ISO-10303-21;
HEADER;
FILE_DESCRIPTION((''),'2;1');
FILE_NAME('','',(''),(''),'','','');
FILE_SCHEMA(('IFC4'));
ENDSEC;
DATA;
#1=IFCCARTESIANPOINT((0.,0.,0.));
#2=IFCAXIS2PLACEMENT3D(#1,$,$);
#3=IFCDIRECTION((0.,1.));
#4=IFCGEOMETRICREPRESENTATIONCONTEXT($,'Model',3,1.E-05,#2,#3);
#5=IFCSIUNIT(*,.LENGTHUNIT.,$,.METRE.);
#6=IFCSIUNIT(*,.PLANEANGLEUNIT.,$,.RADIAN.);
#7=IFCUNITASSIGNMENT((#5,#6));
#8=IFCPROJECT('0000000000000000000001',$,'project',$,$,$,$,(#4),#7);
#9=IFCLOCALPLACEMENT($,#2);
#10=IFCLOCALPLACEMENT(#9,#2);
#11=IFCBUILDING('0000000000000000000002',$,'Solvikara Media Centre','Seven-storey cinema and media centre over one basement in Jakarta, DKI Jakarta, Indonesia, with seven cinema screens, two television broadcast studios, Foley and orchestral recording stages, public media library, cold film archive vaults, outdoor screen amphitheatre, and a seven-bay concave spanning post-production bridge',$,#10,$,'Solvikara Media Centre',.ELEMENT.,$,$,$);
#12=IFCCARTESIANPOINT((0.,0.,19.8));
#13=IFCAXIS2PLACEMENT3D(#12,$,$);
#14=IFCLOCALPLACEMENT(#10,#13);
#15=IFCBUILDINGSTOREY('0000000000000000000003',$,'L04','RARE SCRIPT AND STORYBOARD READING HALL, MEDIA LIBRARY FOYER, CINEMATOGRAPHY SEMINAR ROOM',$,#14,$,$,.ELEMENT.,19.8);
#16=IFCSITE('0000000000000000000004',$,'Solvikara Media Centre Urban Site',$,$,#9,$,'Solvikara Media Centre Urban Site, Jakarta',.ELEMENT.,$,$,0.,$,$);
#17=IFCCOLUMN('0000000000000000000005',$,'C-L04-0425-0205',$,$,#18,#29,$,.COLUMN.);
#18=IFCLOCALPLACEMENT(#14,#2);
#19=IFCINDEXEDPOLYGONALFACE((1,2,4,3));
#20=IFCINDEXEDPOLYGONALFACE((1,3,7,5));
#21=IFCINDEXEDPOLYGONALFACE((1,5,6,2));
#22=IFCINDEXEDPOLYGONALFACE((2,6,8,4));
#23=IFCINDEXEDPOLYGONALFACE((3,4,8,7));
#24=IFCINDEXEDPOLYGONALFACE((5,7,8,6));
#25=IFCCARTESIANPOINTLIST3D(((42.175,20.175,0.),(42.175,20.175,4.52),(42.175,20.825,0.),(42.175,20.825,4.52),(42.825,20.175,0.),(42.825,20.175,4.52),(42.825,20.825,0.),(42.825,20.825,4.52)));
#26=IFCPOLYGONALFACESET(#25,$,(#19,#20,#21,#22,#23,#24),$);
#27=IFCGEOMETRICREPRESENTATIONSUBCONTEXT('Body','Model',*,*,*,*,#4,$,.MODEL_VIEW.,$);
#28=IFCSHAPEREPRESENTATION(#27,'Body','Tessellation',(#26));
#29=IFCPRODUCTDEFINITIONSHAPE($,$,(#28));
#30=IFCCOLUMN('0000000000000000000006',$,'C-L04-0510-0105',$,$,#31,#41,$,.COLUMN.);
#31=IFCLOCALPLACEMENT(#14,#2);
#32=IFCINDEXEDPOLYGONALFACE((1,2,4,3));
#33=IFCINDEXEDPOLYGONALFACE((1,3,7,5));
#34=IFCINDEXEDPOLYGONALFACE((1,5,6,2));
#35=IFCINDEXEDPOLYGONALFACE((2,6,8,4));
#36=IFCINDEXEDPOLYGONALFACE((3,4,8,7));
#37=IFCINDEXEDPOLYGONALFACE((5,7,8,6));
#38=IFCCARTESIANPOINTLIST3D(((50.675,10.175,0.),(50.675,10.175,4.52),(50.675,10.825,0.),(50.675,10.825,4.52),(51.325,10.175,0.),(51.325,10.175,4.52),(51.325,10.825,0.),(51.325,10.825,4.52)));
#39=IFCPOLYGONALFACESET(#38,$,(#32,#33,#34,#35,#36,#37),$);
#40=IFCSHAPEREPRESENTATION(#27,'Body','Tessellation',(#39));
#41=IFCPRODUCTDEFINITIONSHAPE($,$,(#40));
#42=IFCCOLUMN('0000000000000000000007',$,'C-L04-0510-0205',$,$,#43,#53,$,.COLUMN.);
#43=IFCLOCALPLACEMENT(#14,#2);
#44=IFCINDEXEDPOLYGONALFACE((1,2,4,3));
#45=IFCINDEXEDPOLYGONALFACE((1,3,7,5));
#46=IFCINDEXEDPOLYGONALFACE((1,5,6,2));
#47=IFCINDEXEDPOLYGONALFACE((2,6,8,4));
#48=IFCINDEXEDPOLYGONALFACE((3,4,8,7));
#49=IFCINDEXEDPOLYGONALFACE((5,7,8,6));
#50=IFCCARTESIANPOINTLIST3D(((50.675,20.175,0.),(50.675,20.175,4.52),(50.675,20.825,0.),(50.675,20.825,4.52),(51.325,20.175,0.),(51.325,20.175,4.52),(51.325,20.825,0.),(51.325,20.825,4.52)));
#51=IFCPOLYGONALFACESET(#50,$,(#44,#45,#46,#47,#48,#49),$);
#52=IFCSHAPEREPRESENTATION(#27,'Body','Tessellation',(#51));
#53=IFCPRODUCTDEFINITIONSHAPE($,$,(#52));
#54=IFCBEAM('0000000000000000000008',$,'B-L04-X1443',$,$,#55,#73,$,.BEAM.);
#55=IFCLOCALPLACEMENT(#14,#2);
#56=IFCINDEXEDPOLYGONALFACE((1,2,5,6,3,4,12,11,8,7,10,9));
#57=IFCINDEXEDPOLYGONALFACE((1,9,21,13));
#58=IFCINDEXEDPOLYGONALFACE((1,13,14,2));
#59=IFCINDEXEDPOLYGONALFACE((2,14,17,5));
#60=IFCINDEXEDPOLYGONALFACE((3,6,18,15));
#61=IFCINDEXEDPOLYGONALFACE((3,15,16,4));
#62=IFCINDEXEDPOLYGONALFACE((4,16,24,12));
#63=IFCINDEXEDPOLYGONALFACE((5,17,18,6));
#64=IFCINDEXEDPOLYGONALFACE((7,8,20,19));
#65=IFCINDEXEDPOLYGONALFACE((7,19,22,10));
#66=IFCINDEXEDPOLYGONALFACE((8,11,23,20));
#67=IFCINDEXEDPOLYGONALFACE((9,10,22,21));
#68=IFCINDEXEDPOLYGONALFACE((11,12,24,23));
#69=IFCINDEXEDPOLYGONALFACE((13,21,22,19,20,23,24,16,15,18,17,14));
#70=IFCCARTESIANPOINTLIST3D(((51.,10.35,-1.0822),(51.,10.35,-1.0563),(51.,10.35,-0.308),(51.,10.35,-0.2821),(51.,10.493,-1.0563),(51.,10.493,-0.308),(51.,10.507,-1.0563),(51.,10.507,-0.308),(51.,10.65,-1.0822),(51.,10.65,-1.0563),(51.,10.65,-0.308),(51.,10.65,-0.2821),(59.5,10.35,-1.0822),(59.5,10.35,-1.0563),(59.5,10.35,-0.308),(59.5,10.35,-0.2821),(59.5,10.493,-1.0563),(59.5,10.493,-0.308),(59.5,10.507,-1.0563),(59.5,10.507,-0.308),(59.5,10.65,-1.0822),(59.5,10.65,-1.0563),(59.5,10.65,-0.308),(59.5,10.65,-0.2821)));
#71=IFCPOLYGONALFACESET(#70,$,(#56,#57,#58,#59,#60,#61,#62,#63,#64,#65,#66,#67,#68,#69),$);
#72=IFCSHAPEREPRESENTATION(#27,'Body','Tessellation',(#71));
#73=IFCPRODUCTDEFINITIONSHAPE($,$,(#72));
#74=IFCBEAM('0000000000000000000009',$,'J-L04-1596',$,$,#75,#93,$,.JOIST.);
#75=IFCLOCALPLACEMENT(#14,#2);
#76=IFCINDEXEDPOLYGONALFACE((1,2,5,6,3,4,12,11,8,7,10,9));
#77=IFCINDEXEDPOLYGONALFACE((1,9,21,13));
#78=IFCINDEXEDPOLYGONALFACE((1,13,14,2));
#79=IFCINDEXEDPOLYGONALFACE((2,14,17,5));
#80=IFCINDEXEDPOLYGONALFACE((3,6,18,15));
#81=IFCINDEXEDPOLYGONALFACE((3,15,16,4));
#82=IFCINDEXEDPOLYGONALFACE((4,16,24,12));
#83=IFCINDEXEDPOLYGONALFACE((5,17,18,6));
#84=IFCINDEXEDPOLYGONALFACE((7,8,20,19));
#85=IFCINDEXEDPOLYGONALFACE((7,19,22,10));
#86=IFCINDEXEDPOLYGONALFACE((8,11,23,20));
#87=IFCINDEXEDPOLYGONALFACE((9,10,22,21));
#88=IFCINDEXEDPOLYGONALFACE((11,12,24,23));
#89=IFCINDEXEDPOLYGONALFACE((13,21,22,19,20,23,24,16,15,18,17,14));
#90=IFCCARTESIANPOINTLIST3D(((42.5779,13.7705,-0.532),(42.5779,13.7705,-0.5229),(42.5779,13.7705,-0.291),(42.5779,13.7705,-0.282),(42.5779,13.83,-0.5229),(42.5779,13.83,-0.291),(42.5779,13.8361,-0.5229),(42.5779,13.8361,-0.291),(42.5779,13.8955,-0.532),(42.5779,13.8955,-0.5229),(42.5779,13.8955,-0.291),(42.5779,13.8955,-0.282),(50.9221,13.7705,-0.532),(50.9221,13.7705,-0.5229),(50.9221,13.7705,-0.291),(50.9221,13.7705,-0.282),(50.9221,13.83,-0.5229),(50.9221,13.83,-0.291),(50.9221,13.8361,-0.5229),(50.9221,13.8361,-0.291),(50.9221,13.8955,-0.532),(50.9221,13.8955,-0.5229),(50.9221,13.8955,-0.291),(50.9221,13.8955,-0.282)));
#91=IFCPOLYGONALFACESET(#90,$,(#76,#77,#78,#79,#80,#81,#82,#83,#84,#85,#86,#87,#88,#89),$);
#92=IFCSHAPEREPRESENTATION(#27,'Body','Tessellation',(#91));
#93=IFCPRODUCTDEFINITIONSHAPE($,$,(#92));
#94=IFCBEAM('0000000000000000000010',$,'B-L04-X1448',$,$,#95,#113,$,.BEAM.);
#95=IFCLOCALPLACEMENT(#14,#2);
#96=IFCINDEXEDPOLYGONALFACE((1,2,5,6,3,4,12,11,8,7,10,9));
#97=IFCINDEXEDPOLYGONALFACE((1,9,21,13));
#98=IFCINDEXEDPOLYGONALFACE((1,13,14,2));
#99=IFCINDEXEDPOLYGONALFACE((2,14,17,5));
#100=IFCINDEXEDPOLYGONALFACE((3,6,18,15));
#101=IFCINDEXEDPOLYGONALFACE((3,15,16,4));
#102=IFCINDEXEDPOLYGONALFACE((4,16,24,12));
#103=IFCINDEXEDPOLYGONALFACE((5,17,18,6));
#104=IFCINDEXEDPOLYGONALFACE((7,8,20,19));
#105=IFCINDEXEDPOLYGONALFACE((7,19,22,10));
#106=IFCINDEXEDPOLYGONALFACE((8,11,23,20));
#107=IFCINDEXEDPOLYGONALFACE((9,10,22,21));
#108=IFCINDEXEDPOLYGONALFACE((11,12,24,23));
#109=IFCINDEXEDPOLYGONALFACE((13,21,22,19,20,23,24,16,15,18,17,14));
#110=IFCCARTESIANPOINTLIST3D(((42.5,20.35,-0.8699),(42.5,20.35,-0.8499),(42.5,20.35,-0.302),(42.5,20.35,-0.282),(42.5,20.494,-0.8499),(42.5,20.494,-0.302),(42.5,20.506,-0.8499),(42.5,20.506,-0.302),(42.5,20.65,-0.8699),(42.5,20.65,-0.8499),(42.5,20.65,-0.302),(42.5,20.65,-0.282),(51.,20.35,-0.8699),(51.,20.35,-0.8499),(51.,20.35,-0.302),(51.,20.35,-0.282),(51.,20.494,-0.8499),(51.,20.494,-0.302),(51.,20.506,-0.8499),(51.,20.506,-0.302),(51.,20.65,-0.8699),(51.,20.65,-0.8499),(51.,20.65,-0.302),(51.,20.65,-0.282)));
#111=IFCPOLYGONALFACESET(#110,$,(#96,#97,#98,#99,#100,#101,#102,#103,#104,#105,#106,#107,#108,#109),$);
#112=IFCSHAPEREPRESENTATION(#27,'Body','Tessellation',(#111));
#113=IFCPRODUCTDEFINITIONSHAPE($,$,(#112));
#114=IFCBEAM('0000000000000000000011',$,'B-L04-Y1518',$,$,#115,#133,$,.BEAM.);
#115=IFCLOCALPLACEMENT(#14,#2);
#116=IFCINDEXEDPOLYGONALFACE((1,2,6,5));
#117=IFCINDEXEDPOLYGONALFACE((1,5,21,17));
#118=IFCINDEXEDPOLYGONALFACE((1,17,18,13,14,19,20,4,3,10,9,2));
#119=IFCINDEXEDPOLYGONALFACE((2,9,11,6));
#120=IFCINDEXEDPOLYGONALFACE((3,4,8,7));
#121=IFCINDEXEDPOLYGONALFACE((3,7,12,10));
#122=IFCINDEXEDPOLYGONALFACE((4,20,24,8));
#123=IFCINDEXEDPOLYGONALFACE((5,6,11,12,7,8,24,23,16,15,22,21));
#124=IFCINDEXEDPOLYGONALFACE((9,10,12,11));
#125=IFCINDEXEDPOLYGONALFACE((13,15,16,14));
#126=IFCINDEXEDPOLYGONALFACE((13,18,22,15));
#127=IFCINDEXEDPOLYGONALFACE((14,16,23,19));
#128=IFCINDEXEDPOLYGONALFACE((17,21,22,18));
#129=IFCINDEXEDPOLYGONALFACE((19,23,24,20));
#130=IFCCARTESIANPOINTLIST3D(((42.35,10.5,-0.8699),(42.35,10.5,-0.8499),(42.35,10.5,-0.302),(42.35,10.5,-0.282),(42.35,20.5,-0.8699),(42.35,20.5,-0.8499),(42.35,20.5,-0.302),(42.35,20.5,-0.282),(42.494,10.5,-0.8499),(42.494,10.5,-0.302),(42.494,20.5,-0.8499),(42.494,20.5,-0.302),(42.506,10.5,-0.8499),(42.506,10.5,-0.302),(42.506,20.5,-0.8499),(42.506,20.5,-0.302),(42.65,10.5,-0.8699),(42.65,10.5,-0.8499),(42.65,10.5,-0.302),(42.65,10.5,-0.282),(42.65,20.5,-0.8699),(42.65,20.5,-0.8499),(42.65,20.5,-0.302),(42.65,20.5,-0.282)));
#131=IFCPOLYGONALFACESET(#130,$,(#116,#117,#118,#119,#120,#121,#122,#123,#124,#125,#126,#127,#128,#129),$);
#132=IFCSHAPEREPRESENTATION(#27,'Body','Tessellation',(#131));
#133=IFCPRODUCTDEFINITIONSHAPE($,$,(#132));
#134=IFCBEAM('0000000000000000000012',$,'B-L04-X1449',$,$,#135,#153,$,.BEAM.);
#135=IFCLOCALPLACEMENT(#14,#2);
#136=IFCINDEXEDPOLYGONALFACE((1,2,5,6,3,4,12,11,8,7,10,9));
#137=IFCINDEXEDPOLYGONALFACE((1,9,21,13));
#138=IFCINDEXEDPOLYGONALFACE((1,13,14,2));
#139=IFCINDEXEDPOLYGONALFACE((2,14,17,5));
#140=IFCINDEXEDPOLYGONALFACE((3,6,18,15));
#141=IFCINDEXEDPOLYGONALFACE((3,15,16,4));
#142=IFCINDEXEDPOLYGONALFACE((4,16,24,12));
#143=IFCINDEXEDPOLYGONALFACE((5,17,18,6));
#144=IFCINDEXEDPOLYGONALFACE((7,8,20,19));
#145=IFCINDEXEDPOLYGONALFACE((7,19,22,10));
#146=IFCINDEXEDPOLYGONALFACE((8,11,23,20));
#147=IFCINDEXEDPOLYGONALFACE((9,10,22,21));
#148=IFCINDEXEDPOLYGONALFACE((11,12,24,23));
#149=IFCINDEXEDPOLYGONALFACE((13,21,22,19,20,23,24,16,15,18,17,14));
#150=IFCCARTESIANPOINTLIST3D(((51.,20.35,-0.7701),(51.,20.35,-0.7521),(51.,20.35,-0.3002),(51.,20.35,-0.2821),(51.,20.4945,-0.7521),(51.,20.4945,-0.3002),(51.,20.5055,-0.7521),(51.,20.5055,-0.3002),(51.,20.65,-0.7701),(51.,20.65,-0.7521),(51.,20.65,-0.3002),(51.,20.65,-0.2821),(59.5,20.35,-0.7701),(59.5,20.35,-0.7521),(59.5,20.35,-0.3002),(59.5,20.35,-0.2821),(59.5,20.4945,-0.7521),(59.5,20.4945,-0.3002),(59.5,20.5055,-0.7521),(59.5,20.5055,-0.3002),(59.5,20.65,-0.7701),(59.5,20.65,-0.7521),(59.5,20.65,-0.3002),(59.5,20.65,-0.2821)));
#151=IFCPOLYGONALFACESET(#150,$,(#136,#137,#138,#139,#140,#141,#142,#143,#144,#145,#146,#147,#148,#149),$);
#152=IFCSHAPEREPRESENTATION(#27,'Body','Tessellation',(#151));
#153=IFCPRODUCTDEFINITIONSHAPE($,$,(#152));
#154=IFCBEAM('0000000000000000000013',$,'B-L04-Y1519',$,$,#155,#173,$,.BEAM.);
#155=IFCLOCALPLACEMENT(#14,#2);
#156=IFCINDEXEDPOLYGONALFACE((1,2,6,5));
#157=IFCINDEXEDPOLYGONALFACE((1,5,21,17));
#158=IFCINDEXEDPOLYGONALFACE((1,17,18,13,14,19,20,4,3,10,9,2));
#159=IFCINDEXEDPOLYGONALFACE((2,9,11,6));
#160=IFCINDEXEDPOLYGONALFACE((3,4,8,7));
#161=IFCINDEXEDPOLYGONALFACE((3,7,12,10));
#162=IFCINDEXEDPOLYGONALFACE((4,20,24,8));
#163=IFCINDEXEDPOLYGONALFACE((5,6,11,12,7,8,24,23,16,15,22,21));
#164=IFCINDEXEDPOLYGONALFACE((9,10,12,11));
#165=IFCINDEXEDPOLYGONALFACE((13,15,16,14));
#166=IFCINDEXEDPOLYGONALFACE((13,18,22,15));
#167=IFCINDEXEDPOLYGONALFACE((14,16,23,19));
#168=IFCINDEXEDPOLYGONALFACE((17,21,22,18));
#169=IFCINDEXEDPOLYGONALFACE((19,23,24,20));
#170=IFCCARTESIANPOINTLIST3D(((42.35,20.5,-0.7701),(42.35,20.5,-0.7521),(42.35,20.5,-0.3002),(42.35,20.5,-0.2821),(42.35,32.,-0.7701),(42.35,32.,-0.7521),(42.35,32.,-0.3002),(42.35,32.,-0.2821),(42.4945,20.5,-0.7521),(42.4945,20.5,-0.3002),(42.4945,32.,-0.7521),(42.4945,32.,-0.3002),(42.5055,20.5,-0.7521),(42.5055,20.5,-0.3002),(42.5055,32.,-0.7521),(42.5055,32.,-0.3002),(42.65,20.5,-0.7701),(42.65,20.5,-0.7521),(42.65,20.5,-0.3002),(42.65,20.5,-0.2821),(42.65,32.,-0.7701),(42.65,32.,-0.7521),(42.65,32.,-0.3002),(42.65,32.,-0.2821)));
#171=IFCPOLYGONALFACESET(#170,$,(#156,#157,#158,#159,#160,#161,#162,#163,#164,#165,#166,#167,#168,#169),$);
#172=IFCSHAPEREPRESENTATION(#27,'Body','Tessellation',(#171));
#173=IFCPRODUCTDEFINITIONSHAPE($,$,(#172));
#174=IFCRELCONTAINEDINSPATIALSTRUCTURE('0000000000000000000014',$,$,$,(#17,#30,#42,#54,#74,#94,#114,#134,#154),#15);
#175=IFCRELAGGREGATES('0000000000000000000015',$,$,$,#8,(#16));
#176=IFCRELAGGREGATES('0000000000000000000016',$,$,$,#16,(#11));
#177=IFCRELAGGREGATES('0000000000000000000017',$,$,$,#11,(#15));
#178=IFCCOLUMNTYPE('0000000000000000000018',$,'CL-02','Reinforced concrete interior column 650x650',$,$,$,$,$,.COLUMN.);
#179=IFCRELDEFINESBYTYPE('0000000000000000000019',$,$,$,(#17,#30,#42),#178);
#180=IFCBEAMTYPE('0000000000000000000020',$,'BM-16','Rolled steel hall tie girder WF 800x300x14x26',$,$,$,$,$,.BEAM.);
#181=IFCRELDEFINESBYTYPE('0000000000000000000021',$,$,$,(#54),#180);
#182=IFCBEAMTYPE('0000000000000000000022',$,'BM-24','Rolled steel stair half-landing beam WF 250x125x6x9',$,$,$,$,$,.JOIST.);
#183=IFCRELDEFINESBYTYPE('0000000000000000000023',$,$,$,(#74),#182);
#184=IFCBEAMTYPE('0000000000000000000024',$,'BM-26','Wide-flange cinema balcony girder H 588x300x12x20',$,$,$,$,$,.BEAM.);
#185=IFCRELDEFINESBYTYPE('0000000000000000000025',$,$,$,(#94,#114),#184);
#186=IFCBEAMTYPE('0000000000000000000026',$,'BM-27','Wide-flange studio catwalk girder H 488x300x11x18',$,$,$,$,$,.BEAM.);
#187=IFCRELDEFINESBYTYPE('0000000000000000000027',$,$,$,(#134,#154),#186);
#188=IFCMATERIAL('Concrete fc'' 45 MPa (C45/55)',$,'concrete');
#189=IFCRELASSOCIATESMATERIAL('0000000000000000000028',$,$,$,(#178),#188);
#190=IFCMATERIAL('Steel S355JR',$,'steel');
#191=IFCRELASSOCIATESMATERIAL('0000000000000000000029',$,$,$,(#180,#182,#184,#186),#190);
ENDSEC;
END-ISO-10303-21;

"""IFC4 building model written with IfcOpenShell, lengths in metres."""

from ifc_helpers import new_model, si_unit, direction, frame, origin, origin_2d, place, context, subcontext, project, spatial, rectangle, i_section, extrude, material, material_profile, profile_set, type_object, element, save


model = new_model("IFC4")

# Units and contexts
model_context = context("Model", 3, precision=1e-05, world=origin(), true_north=direction((0.0, 1.0)))
body_context = subcontext(model_context, "Body", "Model", "MODEL_VIEW")
ifc_project = project(units=[si_unit("LENGTHUNIT", "METRE"), si_unit("PLANEANGLEUNIT", "RADIAN")], contexts=[model_context])

# Site, building, storey
site_placement = place(None, origin())
site = spatial("IfcSite", under=ifc_project, at=site_placement, Name="Solvikara Media Centre Urban Site", LongName="Solvikara Media Centre Urban Site, Jakarta", CompositionType="ELEMENT", RefElevation=0.0)
building_placement = place(site_placement, origin())
building = spatial("IfcBuilding", under=site, at=building_placement, Name="Solvikara Media Centre", Description="Seven-storey cinema and media centre over one basement in Jakarta, DKI Jakarta, Indonesia, with seven cinema screens, two television broadcast studios, Foley and orchestral recording stages, public media library, cold film archive vaults, outdoor screen amphitheatre, and a seven-bay concave spanning post-production bridge", LongName="Solvikara Media Centre", CompositionType="ELEMENT")
storey_placement = place(building_placement, frame((0.0, 0.0, 19.8)))
storey = spatial("IfcBuildingStorey", under=building, at=storey_placement, Name="L04", Description="RARE SCRIPT AND STORYBOARD READING HALL, MEDIA LIBRARY FOYER, CINEMATOGRAPHY SEMINAR ROOM", CompositionType="ELEMENT", Elevation=19.8)

# Columns
ifc_material_1 = material(Name="Concrete fc' 45 MPa (C45/55)", Category="concrete")
ifc_material_profile_1 = material_profile(ifc_material_1, rectangle(XDim=0.6499, YDim=0.6499, at=origin_2d()), Name="RC 650x650")
ifc_profile_set_1 = profile_set([ifc_material_profile_1], Name="Concrete fc' 45 MPa (C45/55)")
column_type = type_object("IfcColumnType", Name="CL-02", Description="Reinforced concrete interior column 650x650", PredefinedType="COLUMN", material=ifc_profile_set_1)
for number, where, z_axis, x_axis, name in (
    (1, (42.5, 20.5, 0.0), (0.0, 0.0, 1.0), (1.0, 0.0, 0.0), "C-L04-0425-0205"),
    (2, (51.0, 10.5, 0.0), (0.0, 0.0, 1.0), (1.0, 0.0, 0.0), "C-L04-0510-0105"),
    (3, (51.0, 20.5, 0.0), (0.0, 0.0, 1.0), (1.0, 0.0, 0.0), "C-L04-0510-0205"),
):
    element("IfcColumn", number, at=place(storey_placement, frame(where, z_axis=z_axis, x_axis=x_axis)), inside=storey, type_object=column_type, Name=name, PredefinedType="COLUMN", context=body_context, shape_type="SweptSolid", body=[
        extrude(rectangle(XDim=0.6499, YDim=0.6499, at=origin_2d()), origin(), (0.0, 0.0, 1.0), 4.52),
    ])

# Beams
ifc_material_2 = material(Name="Steel S355JR", Category="steel")
ifc_material_profile_2 = material_profile(ifc_material_2, i_section(OverallWidth=0.3, OverallDepth=0.8, WebThickness=0.0139, FlangeThickness=0.0259, at=origin_2d()), Name="WF 800x300x14x26")
ifc_profile_set_2 = profile_set([ifc_material_profile_2], Name="Steel S355JR")
beam_type_1 = type_object("IfcBeamType", Name="BM-16", Description="Rolled steel hall tie girder WF 800x300x14x26", PredefinedType="BEAM", material=ifc_profile_set_2)
beam_1_placement = place(storey_placement, frame((51.0, 10.5, -0.6821), z_axis=(1.0, 0.0, 0.0), x_axis=(0.0, 1.0, 0.0)))
element("IfcBeam", 4, at=beam_1_placement, inside=storey, type_object=beam_type_1, Name="B-L04-X1443", PredefinedType="BEAM", context=body_context, shape_type="SweptSolid", body=[
    extrude(i_section(OverallWidth=0.3, OverallDepth=0.8, WebThickness=0.0139, FlangeThickness=0.0259, at=origin_2d()), origin(), (0.0, 0.0, 1.0), 8.5),
])
ifc_material_profile_3 = material_profile(ifc_material_2, i_section(OverallWidth=0.125, OverallDepth=0.25, WebThickness=0.0061, FlangeThickness=0.009, at=origin_2d()), Name="WF 250x125x6x9")
ifc_profile_set_3 = profile_set([ifc_material_profile_3], Name="Steel S355JR")
beam_type_2 = type_object("IfcBeamType", Name="BM-24", Description="Rolled steel stair half-landing beam WF 250x125x6x9", PredefinedType="JOIST", material=ifc_profile_set_3)
beam_2_placement = place(storey_placement, frame((42.5779, 13.833, -0.407), z_axis=(1.0, 0.0, 0.0), x_axis=(0.0, 1.0, 0.0)))
element("IfcBeam", 5, at=beam_2_placement, inside=storey, type_object=beam_type_2, Name="J-L04-1596", PredefinedType="JOIST", context=body_context, shape_type="SweptSolid", body=[
    extrude(i_section(OverallWidth=0.125, OverallDepth=0.25, WebThickness=0.0061, FlangeThickness=0.009, at=origin_2d()), origin(), (0.0, 0.0, 1.0), 8.3442),
])
ifc_material_profile_4 = material_profile(ifc_material_2, i_section(OverallWidth=0.3, OverallDepth=0.5879, WebThickness=0.012, FlangeThickness=0.02, at=origin_2d()), Name="H 588x300x12x20")
ifc_profile_set_4 = profile_set([ifc_material_profile_4], Name="Steel S355JR")
beam_type_3 = type_object("IfcBeamType", Name="BM-26", Description="Wide-flange cinema balcony girder H 588x300x12x20", PredefinedType="BEAM", material=ifc_profile_set_4)
beam_3_placement = place(storey_placement, frame((42.5, 20.5, -0.5759), z_axis=(1.0, 0.0, 0.0), x_axis=(0.0, 1.0, 0.0)))
element("IfcBeam", 6, at=beam_3_placement, inside=storey, type_object=beam_type_3, Name="B-L04-X1448", PredefinedType="BEAM", context=body_context, shape_type="SweptSolid", body=[
    extrude(i_section(OverallWidth=0.3, OverallDepth=0.5879, WebThickness=0.012, FlangeThickness=0.02, at=origin_2d()), origin(), (0.0, 0.0, 1.0), 8.5),
])
beam_4_placement = place(storey_placement, frame((42.5, 10.5, -0.5759), z_axis=(0.0, 1.0, 0.0), x_axis=(-1.0, 0.0, 0.0)))
element("IfcBeam", 7, at=beam_4_placement, inside=storey, type_object=beam_type_3, Name="B-L04-Y1518", PredefinedType="BEAM", context=body_context, shape_type="SweptSolid", body=[
    extrude(i_section(OverallWidth=0.3, OverallDepth=0.5879, WebThickness=0.012, FlangeThickness=0.02, at=origin_2d()), origin(), (0.0, 0.0, 1.0), 10.0),
])
ifc_material_profile_5 = material_profile(ifc_material_2, i_section(OverallWidth=0.3, OverallDepth=0.488, WebThickness=0.011, FlangeThickness=0.0181, at=origin_2d()), Name="H 488x300x11x18")
ifc_profile_set_5 = profile_set([ifc_material_profile_5], Name="Steel S355JR")
beam_type_4 = type_object("IfcBeamType", Name="BM-27", Description="Wide-flange studio catwalk girder H 488x300x11x18", PredefinedType="BEAM", material=ifc_profile_set_5)
beam_5_placement = place(storey_placement, frame((51.0, 20.5, -0.5261), z_axis=(1.0, 0.0, 0.0), x_axis=(0.0, 1.0, 0.0)))
element("IfcBeam", 8, at=beam_5_placement, inside=storey, type_object=beam_type_4, Name="B-L04-X1449", PredefinedType="BEAM", context=body_context, shape_type="SweptSolid", body=[
    extrude(i_section(OverallWidth=0.3, OverallDepth=0.488, WebThickness=0.011, FlangeThickness=0.0181, at=origin_2d()), origin(), (0.0, 0.0, 1.0), 8.5),
])
beam_6_placement = place(storey_placement, frame((42.5, 20.5, -0.5261), z_axis=(0.0, 1.0, 0.0), x_axis=(-1.0, 0.0, 0.0)))
element("IfcBeam", 9, at=beam_6_placement, inside=storey, type_object=beam_type_4, Name="B-L04-Y1519", PredefinedType="BEAM", context=body_context, shape_type="SweptSolid", body=[
    extrude(i_section(OverallWidth=0.3, OverallDepth=0.488, WebThickness=0.011, FlangeThickness=0.0181, at=origin_2d()), origin(), (0.0, 0.0, 1.0), 11.5),
])

save(model, "model.ifc")
